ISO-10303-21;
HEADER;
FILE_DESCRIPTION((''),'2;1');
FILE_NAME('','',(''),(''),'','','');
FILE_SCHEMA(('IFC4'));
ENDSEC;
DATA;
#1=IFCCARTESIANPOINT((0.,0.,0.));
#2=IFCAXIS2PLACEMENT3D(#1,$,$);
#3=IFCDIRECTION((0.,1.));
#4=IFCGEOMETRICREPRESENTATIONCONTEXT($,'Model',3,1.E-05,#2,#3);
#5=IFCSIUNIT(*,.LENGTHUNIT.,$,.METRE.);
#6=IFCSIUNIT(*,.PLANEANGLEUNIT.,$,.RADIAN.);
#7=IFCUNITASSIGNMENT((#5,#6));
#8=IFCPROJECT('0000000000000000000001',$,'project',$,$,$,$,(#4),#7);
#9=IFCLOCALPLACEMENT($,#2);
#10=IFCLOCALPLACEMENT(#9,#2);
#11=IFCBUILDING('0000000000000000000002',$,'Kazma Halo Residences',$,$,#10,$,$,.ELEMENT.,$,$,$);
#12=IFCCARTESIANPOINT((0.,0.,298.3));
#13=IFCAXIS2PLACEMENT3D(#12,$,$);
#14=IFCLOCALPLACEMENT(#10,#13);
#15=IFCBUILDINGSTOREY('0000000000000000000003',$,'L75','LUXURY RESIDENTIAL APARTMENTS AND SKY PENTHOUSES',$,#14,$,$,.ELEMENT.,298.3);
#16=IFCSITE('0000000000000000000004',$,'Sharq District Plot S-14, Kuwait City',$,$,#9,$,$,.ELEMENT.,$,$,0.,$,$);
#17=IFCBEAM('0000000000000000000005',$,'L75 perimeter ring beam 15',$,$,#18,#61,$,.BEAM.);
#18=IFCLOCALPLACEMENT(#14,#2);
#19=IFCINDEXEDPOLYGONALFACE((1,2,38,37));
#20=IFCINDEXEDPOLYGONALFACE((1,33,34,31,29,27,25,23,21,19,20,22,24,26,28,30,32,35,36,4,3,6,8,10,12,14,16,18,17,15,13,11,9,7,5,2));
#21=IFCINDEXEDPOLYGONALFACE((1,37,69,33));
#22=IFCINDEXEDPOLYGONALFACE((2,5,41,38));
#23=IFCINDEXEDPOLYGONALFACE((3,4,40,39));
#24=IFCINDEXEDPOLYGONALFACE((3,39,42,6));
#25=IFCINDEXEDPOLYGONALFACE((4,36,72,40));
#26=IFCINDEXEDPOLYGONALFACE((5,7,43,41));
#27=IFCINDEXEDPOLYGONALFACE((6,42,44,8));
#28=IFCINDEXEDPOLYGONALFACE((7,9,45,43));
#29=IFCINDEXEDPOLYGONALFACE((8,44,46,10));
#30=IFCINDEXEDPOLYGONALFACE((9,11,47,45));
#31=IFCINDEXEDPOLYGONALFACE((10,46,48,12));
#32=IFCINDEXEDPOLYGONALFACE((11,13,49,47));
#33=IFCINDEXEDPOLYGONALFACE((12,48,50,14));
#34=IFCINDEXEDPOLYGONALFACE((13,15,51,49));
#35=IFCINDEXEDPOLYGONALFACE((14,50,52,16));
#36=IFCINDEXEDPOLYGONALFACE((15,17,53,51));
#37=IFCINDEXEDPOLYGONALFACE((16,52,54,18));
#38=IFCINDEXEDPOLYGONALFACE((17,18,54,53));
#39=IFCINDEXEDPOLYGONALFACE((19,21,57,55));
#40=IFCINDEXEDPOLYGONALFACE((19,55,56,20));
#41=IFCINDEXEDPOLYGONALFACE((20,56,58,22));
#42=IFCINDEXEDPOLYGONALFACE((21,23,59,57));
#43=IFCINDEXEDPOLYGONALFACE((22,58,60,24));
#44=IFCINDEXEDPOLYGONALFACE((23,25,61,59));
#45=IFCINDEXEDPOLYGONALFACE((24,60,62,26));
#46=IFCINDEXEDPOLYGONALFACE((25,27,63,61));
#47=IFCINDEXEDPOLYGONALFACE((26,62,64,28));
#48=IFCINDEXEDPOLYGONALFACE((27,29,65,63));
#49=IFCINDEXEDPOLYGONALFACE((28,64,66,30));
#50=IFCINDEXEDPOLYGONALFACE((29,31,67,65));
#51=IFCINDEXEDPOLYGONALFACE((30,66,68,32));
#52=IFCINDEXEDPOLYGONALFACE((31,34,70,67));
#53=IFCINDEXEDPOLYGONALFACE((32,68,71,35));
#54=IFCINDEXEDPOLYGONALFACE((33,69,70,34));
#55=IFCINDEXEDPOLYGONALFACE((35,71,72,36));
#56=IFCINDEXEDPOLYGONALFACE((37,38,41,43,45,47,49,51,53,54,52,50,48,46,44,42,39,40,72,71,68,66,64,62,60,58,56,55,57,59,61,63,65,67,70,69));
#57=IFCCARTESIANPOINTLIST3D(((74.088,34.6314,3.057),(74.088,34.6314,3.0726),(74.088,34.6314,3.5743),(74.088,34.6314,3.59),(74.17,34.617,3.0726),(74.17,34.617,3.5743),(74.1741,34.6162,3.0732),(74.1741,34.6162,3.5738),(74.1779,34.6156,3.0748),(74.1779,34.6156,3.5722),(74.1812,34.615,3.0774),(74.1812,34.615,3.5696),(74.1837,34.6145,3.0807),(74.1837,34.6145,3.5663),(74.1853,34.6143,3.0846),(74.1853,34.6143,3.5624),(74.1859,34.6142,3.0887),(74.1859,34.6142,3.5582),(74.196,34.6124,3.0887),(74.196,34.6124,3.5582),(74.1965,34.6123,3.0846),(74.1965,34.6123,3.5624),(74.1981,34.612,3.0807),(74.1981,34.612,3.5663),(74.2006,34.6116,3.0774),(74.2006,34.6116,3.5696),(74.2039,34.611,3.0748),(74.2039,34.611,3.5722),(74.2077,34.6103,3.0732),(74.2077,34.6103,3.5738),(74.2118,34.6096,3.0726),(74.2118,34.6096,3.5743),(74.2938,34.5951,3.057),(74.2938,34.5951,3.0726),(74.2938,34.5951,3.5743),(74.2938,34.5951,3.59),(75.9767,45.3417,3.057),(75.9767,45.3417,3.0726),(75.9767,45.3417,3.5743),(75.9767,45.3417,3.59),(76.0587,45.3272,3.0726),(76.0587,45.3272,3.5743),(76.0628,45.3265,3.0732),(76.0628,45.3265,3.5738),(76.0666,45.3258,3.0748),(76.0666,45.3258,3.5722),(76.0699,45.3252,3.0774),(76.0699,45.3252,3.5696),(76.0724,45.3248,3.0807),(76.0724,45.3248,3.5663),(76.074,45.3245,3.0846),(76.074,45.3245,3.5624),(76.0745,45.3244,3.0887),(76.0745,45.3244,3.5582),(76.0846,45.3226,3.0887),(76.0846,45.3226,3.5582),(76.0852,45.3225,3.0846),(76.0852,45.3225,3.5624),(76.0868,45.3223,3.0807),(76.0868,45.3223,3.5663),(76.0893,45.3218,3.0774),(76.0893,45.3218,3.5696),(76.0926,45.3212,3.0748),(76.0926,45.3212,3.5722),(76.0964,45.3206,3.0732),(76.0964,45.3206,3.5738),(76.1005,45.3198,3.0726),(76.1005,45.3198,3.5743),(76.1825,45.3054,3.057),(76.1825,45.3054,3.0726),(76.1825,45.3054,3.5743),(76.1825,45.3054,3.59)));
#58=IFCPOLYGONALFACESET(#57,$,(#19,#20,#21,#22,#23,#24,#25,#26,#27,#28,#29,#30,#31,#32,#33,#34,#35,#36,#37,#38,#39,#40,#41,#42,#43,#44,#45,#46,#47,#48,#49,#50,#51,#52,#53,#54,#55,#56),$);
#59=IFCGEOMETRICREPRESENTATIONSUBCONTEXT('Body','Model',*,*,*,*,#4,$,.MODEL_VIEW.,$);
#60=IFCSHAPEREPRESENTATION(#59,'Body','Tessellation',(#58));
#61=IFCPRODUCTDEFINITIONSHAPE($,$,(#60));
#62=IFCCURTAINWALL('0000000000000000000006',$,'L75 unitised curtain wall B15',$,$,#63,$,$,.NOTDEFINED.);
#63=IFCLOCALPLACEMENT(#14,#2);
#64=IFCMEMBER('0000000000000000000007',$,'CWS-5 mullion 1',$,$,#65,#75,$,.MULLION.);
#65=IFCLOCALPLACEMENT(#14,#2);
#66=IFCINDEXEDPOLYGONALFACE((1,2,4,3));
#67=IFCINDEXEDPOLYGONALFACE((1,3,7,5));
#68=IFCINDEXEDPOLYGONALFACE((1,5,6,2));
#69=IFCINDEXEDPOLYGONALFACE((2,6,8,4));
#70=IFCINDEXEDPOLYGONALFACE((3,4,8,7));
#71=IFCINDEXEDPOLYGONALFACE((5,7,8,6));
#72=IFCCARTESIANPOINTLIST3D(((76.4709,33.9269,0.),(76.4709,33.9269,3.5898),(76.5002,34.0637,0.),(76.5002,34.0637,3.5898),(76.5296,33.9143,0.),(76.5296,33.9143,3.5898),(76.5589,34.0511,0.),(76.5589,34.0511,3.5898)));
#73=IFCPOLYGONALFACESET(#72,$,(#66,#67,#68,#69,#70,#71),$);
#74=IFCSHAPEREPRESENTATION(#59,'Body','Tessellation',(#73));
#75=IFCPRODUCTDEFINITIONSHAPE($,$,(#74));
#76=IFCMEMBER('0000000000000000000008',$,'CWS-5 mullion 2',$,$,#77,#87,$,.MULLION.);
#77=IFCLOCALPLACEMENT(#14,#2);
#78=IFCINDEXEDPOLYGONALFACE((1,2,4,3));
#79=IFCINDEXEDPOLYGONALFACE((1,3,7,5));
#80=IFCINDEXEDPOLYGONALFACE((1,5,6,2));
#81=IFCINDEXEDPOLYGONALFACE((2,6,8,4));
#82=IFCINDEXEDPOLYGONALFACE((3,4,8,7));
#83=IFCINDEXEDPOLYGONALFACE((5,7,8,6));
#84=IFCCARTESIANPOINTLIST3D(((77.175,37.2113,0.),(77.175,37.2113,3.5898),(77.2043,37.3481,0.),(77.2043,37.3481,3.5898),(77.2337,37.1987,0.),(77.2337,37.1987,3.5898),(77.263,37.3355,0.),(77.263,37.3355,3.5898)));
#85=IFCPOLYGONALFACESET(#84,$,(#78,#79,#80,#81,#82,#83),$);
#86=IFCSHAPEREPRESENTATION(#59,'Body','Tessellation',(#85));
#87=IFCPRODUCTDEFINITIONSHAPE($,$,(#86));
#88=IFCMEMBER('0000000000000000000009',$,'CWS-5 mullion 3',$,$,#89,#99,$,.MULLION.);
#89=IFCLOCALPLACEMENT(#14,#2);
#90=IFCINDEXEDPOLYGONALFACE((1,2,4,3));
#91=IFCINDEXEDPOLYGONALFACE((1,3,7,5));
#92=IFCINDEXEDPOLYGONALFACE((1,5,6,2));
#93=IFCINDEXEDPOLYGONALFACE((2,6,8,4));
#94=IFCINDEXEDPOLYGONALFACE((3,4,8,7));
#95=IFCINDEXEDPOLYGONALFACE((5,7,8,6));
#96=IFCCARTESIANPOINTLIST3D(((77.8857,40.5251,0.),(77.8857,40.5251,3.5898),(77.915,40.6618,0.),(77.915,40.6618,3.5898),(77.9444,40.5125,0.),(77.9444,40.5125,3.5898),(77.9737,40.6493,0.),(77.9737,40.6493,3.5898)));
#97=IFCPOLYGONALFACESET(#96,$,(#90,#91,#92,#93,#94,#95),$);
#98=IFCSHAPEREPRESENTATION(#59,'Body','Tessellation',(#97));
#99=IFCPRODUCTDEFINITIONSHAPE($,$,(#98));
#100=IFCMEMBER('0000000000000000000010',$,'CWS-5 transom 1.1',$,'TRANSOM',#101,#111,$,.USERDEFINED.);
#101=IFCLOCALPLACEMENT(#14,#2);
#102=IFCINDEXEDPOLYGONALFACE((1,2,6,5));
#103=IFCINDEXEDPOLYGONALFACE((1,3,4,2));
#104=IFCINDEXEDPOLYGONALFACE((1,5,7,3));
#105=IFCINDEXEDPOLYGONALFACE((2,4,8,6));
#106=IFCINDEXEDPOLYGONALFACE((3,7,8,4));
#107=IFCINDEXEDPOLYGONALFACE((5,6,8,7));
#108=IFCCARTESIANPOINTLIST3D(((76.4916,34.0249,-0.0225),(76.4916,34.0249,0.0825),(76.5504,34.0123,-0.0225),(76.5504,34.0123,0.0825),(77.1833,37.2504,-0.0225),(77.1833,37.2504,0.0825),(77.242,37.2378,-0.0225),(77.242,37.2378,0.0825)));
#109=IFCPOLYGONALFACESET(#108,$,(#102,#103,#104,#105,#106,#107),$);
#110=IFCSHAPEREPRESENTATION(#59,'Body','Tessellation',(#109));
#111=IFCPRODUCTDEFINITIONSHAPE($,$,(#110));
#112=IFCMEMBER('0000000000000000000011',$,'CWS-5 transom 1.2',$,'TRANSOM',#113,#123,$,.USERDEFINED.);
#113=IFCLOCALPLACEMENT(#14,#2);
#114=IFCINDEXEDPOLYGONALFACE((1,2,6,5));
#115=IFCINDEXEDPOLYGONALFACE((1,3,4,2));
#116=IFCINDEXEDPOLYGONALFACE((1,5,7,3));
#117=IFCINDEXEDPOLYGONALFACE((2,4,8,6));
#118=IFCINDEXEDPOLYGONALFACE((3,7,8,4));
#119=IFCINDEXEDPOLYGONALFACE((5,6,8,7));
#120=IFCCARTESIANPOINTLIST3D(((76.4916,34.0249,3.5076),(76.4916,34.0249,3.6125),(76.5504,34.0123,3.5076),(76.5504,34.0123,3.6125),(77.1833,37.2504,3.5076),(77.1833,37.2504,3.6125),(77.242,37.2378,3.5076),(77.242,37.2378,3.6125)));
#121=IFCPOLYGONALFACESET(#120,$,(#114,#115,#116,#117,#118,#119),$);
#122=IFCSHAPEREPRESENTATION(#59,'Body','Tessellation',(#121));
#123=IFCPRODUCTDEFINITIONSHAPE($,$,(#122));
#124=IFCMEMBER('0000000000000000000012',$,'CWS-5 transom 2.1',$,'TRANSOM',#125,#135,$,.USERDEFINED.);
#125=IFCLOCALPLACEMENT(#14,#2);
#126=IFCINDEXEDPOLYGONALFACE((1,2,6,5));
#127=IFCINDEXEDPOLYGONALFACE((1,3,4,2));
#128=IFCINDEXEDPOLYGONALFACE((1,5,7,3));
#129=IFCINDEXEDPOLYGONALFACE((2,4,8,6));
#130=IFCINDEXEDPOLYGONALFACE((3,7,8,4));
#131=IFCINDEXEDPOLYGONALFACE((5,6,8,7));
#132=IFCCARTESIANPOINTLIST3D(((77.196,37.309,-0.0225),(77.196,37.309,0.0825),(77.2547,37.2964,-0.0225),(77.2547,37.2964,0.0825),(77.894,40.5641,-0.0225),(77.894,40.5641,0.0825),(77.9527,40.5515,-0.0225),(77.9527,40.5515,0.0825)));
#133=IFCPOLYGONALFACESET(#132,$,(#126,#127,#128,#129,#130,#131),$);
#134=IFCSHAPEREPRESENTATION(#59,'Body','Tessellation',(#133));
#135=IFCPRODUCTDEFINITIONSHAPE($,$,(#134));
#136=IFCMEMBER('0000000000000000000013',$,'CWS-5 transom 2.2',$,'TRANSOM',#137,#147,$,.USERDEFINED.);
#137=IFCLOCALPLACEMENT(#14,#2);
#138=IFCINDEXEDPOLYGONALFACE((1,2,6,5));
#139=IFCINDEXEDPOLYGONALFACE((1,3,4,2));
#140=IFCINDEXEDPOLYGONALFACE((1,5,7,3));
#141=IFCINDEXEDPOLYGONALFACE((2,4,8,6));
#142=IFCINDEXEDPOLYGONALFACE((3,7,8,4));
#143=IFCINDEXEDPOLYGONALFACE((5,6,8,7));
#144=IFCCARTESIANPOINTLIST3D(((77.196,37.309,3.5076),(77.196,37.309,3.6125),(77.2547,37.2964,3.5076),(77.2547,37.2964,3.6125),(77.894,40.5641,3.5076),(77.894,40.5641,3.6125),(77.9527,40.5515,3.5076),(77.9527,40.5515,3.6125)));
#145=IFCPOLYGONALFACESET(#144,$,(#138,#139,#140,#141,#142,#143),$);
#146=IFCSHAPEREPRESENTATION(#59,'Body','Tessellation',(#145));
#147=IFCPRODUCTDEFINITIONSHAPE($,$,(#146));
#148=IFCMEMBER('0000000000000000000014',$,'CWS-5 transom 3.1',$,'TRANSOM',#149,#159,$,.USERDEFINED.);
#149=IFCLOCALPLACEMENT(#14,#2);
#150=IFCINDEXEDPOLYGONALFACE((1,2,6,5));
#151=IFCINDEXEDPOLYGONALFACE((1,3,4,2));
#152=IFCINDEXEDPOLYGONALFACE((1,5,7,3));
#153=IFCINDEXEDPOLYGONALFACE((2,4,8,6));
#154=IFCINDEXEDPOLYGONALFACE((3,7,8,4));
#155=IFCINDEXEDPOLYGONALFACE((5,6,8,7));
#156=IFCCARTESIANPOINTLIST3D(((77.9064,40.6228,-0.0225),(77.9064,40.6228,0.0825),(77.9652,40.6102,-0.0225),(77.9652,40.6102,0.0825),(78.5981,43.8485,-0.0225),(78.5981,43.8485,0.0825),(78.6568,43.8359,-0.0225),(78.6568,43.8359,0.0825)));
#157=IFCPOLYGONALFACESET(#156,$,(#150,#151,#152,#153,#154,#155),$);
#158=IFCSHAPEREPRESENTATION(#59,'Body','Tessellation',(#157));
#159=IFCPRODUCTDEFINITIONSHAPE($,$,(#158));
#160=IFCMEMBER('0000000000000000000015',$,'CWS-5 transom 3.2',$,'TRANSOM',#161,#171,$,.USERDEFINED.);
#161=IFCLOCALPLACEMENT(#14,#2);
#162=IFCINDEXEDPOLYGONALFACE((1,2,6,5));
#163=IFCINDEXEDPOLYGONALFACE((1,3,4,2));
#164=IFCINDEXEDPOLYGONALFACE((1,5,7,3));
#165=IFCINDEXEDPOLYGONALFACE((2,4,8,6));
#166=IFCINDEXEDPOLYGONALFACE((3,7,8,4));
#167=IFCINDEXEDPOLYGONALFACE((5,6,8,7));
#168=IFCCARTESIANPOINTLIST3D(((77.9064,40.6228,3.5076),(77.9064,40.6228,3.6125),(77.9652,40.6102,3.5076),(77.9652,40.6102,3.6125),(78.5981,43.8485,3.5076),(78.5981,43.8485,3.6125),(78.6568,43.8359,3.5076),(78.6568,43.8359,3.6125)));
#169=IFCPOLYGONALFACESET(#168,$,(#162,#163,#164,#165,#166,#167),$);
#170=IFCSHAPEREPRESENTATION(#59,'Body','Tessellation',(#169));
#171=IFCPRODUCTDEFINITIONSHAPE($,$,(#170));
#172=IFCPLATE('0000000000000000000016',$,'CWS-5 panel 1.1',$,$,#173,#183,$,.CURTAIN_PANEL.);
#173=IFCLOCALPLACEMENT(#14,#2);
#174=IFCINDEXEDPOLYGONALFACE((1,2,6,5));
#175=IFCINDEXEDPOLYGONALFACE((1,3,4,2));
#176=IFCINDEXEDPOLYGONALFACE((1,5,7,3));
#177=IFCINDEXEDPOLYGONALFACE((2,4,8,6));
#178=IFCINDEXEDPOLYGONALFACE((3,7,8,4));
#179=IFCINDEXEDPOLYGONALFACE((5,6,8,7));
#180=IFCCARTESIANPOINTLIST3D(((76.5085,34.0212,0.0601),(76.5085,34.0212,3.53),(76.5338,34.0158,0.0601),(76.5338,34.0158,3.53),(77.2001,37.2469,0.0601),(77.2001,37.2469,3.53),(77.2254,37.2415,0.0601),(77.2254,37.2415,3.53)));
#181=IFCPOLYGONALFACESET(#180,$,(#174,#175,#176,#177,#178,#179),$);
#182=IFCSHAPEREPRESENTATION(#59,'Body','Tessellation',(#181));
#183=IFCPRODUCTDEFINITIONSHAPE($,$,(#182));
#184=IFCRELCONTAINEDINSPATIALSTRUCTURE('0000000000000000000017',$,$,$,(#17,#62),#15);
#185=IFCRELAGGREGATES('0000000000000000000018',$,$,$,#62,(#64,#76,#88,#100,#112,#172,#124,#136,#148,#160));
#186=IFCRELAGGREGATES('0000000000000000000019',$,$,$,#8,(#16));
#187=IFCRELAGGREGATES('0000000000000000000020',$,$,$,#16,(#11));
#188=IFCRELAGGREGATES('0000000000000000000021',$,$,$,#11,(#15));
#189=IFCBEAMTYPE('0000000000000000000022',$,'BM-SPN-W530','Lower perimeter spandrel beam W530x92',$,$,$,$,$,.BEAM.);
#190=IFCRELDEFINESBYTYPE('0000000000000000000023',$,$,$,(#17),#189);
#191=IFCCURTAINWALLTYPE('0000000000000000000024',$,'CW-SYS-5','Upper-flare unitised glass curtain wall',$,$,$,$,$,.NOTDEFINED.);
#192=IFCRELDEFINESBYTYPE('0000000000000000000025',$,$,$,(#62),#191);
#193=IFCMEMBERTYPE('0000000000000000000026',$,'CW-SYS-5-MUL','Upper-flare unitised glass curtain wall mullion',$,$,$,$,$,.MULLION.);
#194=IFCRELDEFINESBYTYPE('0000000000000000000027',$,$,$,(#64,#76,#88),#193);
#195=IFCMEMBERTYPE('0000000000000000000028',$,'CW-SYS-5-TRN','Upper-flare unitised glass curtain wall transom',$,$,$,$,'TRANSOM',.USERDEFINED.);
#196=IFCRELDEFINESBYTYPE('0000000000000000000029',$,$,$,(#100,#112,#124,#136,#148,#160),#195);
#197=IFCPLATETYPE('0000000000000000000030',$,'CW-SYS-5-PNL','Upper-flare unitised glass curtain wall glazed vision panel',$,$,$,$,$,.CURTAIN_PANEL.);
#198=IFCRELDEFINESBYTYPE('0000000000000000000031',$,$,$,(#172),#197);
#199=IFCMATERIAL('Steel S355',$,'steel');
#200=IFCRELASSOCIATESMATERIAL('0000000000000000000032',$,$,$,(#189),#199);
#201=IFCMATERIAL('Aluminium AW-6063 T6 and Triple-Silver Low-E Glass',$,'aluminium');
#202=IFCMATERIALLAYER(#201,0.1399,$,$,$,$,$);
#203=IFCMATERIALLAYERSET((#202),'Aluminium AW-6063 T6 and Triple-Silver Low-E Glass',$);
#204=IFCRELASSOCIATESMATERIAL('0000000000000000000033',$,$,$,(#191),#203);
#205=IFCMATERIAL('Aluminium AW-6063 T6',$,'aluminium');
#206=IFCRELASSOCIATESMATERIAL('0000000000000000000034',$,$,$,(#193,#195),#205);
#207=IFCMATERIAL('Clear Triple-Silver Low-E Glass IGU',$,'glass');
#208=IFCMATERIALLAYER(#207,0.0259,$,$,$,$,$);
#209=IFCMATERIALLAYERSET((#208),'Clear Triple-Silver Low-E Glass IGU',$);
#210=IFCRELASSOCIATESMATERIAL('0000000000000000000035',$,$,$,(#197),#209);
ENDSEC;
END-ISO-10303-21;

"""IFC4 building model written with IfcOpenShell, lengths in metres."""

from ifc_helpers import new_model, si_unit, direction, frame, origin, origin_2d, place, context, subcontext, project, spatial, rectangle, i_section, extrude, material, layer, layer_set, material_profile, profile_set, type_object, element, aggregate, save


model = new_model("IFC4")

# Units and contexts
model_context = context("Model", 3, precision=1e-05, world=origin(), true_north=direction((0.0, 1.0)))
body_context = subcontext(model_context, "Body", "Model", "MODEL_VIEW")
ifc_project = project(units=[si_unit("LENGTHUNIT", "METRE"), si_unit("PLANEANGLEUNIT", "RADIAN")], contexts=[model_context])

# Site, building, storey
site_placement = place(None, origin())
site = spatial("IfcSite", under=ifc_project, at=site_placement, Name="Sharq District Plot S-14, Kuwait City", CompositionType="ELEMENT", RefElevation=0.0)
building_placement = place(site_placement, origin())
building = spatial("IfcBuilding", under=site, at=building_placement, Name="Kazma Halo Residences", CompositionType="ELEMENT")
storey_placement = place(building_placement, frame((0.0, 0.0, 298.3)))
storey = spatial("IfcBuildingStorey", under=building, at=storey_placement, Name="L75", Description="LUXURY RESIDENTIAL APARTMENTS AND SKY PENTHOUSES", CompositionType="ELEMENT", Elevation=298.3)

# Beam
ifc_material_1 = material(Name="Steel S355", Category="steel")
ifc_material_profile_1 = material_profile(ifc_material_1, i_section(OverallWidth=0.209, OverallDepth=0.533, WebThickness=0.0103, FlangeThickness=0.0156, FilletRadius=0.0161, at=origin_2d()), Name="W530x92")
ifc_profile_set_1 = profile_set([ifc_material_profile_1], Name="Steel S355")
beam_type_1 = type_object("IfcBeamType", Name="BM-SPN-W530", Description="Lower perimeter spandrel beam W530x92", PredefinedType="BEAM", material=ifc_profile_set_1)
beam_1_placement = place(storey_placement, frame((74.1909, 34.6133, 3.3235), z_axis=(0.173664, 0.984805, 0.0), x_axis=(-0.984805, 0.173664, 0.0)))
element("IfcBeam", 1, at=beam_1_placement, inside=storey, type_object=beam_type_1, Name="L75 perimeter ring beam 15", PredefinedType="BEAM", context=body_context, shape_type="SweptSolid", body=[
    extrude(i_section(OverallWidth=0.209, OverallDepth=0.533, WebThickness=0.0103, FlangeThickness=0.0156, FilletRadius=0.0161, at=origin_2d()), origin(), (0.0, 0.0, 1.0), 10.8755),
])

# Curtain wall, members, plate
ifc_material_2 = material(Name="Aluminium AW-6063 T6 and Triple-Silver Low-E Glass", Category="aluminium")
ifc_layer_1 = layer(ifc_material_2, 0.1399)
ifc_layer_set_1 = layer_set([ifc_layer_1], Name="Aluminium AW-6063 T6 and Triple-Silver Low-E Glass")
curtain_wall_type = type_object("IfcCurtainWallType", Name="CW-SYS-5", Description="Upper-flare unitised glass curtain wall", PredefinedType="NOTDEFINED", material=ifc_layer_set_1)
curtain_wall_placement = place(storey_placement, origin())
curtain_wall = element("IfcCurtainWall", 2, at=curtain_wall_placement, inside=storey, type_object=curtain_wall_type, Name="L75 unitised curtain wall B15", PredefinedType="NOTDEFINED")
ifc_material_3 = material(Name="Aluminium AW-6063 T6", Category="aluminium")
ifc_material_profile_2 = material_profile(ifc_material_3, rectangle(XDim=0.0601, YDim=0.1399, at=origin_2d()), Name="CWM-60x140")
ifc_profile_set_2 = profile_set([ifc_material_profile_2], Name="Aluminium AW-6063 T6")
member_type_1 = type_object("IfcMemberType", Name="CW-SYS-5-MUL", Description="Upper-flare unitised glass curtain wall mullion", PredefinedType="MULLION", material=ifc_profile_set_2)
member_1_placement = place(storey_placement, frame((76.5149, 33.989, 0.0), z_axis=(0.0, 0.0, 1.0), x_axis=(-0.977775, 0.209657, 0.0)))
member_1 = element("IfcMember", 3, at=member_1_placement, type_object=member_type_1, Name="CWS-5 mullion 1", PredefinedType="MULLION", context=body_context, shape_type="SweptSolid", body=[
    extrude(rectangle(XDim=0.0601, YDim=0.1399, at=origin_2d()), origin(), (0.0, 0.0, 1.0), 3.5898),
])
member_2_placement = place(storey_placement, frame((77.219, 37.2734, 0.0), z_axis=(0.0, 0.0, 1.0), x_axis=(-0.977775, 0.209657, 0.0)))
member_2 = element("IfcMember", 4, at=member_2_placement, type_object=member_type_1, Name="CWS-5 mullion 2", PredefinedType="MULLION", context=body_context, shape_type="SweptSolid", body=[
    extrude(rectangle(XDim=0.0601, YDim=0.1399, at=origin_2d()), origin(), (0.0, 0.0, 1.0), 3.5898),
])
member_3_placement = place(storey_placement, frame((77.9297, 40.5872, 0.0), z_axis=(0.0, 0.0, 1.0), x_axis=(-0.977775, 0.209657, 0.0)))
member_3 = element("IfcMember", 5, at=member_3_placement, type_object=member_type_1, Name="CWS-5 mullion 3", PredefinedType="MULLION", context=body_context, shape_type="SweptSolid", body=[
    extrude(rectangle(XDim=0.0601, YDim=0.1399, at=origin_2d()), origin(), (0.0, 0.0, 1.0), 3.5898),
])
ifc_material_profile_3 = material_profile(ifc_material_3, rectangle(XDim=0.0601, YDim=0.105, at=origin_2d()), Name="CWT-60x105")
ifc_profile_set_3 = profile_set([ifc_material_profile_3], Name="Aluminium AW-6063 T6")
member_type_2 = type_object("IfcMemberType", Name="CW-SYS-5-TRN", Description="Upper-flare unitised glass curtain wall transom", ElementType="TRANSOM", PredefinedType="USERDEFINED", material=ifc_profile_set_3)
member_4_placement = place(storey_placement, frame((76.521, 34.0186, 0.03), z_axis=(0.20966, 0.977774, 0.0), x_axis=(-0.977774, 0.20966, 0.0)))
member_4 = element("IfcMember", 6, at=member_4_placement, type_object=member_type_2, Name="CWS-5 transom 1.1", ObjectType="TRANSOM", PredefinedType="USERDEFINED", context=body_context, shape_type="SweptSolid", body=[
    extrude(rectangle(XDim=0.0601, YDim=0.105, at=origin_2d()), origin(), (0.0, 0.0, 1.0), 3.2988),
])
member_5_placement = place(storey_placement, frame((76.521, 34.0186, 3.5601), z_axis=(0.20966, 0.977774, 0.0), x_axis=(-0.977774, 0.20966, 0.0)))
member_5 = element("IfcMember", 7, at=member_5_placement, type_object=member_type_2, Name="CWS-5 transom 1.2", ObjectType="TRANSOM", PredefinedType="USERDEFINED", context=body_context, shape_type="SweptSolid", body=[
    extrude(rectangle(XDim=0.0601, YDim=0.105, at=origin_2d()), origin(), (0.0, 0.0, 1.0), 3.2988),
])
member_6_placement = place(storey_placement, frame((77.2253, 37.3027, 0.03), z_axis=(0.209664, 0.977773, 0.0), x_axis=(-0.977773, 0.209664, 0.0)))
member_6 = element("IfcMember", 8, at=member_6_placement, type_object=member_type_2, Name="CWS-5 transom 2.1", ObjectType="TRANSOM", PredefinedType="USERDEFINED", context=body_context, shape_type="SweptSolid", body=[
    extrude(rectangle(XDim=0.0601, YDim=0.105, at=origin_2d()), origin(), (0.0, 0.0, 1.0), 3.3291),
])
member_7_placement = place(storey_placement, frame((77.2253, 37.3027, 3.5601), z_axis=(0.209664, 0.977773, 0.0), x_axis=(-0.977773, 0.209664, 0.0)))
member_7 = element("IfcMember", 9, at=member_7_placement, type_object=member_type_2, Name="CWS-5 transom 2.2", ObjectType="TRANSOM", PredefinedType="USERDEFINED", context=body_context, shape_type="SweptSolid", body=[
    extrude(rectangle(XDim=0.0601, YDim=0.105, at=origin_2d()), origin(), (0.0, 0.0, 1.0), 3.3291),
])
member_8_placement = place(storey_placement, frame((77.9358, 40.6165, 0.03), z_axis=(0.209645, 0.977777, 0.0), x_axis=(-0.977777, 0.209645, 0.0)))
member_8 = element("IfcMember", 10, at=member_8_placement, type_object=member_type_2, Name="CWS-5 transom 3.1", ObjectType="TRANSOM", PredefinedType="USERDEFINED", context=body_context, shape_type="SweptSolid", body=[
    extrude(rectangle(XDim=0.0601, YDim=0.105, at=origin_2d()), origin(), (0.0, 0.0, 1.0), 3.2991),
])
member_9_placement = place(storey_placement, frame((77.9358, 40.6165, 3.5601), z_axis=(0.209645, 0.977777, 0.0), x_axis=(-0.977777, 0.209645, 0.0)))
member_9 = element("IfcMember", 11, at=member_9_placement, type_object=member_type_2, Name="CWS-5 transom 3.2", ObjectType="TRANSOM", PredefinedType="USERDEFINED", context=body_context, shape_type="SweptSolid", body=[
    extrude(rectangle(XDim=0.0601, YDim=0.105, at=origin_2d()), origin(), (0.0, 0.0, 1.0), 3.2991),
])
ifc_material_4 = material(Name="Clear Triple-Silver Low-E Glass IGU", Category="glass")
ifc_layer_2 = layer(ifc_material_4, 0.0259)
ifc_layer_set_2 = layer_set([ifc_layer_2], Name="Clear Triple-Silver Low-E Glass IGU")
plate_type = type_object("IfcPlateType", Name="CW-SYS-5-PNL", Description="Upper-flare unitised glass curtain wall glazed vision panel", PredefinedType="CURTAIN_PANEL", material=ifc_layer_set_2)
plate_1_placement = place(storey_placement, frame((76.8669, 35.6313, 0.0601), z_axis=(0.0, 0.0, 1.0), x_axis=(0.209657, 0.977775, 0.0)))
plate_1 = element("IfcPlate", 12, at=plate_1_placement, type_object=plate_type, Name="CWS-5 panel 1.1", PredefinedType="CURTAIN_PANEL", context=body_context, shape_type="SweptSolid", body=[
    extrude(rectangle(XDim=3.2991, YDim=0.0259, at=origin_2d()), origin(), (0.0, 0.0, 1.0), 3.47),
])
aggregate(curtain_wall, [member_1, member_2, member_3, member_4, member_5, plate_1, member_6, member_7, member_8, member_9])

save(model, "model.ifc")
